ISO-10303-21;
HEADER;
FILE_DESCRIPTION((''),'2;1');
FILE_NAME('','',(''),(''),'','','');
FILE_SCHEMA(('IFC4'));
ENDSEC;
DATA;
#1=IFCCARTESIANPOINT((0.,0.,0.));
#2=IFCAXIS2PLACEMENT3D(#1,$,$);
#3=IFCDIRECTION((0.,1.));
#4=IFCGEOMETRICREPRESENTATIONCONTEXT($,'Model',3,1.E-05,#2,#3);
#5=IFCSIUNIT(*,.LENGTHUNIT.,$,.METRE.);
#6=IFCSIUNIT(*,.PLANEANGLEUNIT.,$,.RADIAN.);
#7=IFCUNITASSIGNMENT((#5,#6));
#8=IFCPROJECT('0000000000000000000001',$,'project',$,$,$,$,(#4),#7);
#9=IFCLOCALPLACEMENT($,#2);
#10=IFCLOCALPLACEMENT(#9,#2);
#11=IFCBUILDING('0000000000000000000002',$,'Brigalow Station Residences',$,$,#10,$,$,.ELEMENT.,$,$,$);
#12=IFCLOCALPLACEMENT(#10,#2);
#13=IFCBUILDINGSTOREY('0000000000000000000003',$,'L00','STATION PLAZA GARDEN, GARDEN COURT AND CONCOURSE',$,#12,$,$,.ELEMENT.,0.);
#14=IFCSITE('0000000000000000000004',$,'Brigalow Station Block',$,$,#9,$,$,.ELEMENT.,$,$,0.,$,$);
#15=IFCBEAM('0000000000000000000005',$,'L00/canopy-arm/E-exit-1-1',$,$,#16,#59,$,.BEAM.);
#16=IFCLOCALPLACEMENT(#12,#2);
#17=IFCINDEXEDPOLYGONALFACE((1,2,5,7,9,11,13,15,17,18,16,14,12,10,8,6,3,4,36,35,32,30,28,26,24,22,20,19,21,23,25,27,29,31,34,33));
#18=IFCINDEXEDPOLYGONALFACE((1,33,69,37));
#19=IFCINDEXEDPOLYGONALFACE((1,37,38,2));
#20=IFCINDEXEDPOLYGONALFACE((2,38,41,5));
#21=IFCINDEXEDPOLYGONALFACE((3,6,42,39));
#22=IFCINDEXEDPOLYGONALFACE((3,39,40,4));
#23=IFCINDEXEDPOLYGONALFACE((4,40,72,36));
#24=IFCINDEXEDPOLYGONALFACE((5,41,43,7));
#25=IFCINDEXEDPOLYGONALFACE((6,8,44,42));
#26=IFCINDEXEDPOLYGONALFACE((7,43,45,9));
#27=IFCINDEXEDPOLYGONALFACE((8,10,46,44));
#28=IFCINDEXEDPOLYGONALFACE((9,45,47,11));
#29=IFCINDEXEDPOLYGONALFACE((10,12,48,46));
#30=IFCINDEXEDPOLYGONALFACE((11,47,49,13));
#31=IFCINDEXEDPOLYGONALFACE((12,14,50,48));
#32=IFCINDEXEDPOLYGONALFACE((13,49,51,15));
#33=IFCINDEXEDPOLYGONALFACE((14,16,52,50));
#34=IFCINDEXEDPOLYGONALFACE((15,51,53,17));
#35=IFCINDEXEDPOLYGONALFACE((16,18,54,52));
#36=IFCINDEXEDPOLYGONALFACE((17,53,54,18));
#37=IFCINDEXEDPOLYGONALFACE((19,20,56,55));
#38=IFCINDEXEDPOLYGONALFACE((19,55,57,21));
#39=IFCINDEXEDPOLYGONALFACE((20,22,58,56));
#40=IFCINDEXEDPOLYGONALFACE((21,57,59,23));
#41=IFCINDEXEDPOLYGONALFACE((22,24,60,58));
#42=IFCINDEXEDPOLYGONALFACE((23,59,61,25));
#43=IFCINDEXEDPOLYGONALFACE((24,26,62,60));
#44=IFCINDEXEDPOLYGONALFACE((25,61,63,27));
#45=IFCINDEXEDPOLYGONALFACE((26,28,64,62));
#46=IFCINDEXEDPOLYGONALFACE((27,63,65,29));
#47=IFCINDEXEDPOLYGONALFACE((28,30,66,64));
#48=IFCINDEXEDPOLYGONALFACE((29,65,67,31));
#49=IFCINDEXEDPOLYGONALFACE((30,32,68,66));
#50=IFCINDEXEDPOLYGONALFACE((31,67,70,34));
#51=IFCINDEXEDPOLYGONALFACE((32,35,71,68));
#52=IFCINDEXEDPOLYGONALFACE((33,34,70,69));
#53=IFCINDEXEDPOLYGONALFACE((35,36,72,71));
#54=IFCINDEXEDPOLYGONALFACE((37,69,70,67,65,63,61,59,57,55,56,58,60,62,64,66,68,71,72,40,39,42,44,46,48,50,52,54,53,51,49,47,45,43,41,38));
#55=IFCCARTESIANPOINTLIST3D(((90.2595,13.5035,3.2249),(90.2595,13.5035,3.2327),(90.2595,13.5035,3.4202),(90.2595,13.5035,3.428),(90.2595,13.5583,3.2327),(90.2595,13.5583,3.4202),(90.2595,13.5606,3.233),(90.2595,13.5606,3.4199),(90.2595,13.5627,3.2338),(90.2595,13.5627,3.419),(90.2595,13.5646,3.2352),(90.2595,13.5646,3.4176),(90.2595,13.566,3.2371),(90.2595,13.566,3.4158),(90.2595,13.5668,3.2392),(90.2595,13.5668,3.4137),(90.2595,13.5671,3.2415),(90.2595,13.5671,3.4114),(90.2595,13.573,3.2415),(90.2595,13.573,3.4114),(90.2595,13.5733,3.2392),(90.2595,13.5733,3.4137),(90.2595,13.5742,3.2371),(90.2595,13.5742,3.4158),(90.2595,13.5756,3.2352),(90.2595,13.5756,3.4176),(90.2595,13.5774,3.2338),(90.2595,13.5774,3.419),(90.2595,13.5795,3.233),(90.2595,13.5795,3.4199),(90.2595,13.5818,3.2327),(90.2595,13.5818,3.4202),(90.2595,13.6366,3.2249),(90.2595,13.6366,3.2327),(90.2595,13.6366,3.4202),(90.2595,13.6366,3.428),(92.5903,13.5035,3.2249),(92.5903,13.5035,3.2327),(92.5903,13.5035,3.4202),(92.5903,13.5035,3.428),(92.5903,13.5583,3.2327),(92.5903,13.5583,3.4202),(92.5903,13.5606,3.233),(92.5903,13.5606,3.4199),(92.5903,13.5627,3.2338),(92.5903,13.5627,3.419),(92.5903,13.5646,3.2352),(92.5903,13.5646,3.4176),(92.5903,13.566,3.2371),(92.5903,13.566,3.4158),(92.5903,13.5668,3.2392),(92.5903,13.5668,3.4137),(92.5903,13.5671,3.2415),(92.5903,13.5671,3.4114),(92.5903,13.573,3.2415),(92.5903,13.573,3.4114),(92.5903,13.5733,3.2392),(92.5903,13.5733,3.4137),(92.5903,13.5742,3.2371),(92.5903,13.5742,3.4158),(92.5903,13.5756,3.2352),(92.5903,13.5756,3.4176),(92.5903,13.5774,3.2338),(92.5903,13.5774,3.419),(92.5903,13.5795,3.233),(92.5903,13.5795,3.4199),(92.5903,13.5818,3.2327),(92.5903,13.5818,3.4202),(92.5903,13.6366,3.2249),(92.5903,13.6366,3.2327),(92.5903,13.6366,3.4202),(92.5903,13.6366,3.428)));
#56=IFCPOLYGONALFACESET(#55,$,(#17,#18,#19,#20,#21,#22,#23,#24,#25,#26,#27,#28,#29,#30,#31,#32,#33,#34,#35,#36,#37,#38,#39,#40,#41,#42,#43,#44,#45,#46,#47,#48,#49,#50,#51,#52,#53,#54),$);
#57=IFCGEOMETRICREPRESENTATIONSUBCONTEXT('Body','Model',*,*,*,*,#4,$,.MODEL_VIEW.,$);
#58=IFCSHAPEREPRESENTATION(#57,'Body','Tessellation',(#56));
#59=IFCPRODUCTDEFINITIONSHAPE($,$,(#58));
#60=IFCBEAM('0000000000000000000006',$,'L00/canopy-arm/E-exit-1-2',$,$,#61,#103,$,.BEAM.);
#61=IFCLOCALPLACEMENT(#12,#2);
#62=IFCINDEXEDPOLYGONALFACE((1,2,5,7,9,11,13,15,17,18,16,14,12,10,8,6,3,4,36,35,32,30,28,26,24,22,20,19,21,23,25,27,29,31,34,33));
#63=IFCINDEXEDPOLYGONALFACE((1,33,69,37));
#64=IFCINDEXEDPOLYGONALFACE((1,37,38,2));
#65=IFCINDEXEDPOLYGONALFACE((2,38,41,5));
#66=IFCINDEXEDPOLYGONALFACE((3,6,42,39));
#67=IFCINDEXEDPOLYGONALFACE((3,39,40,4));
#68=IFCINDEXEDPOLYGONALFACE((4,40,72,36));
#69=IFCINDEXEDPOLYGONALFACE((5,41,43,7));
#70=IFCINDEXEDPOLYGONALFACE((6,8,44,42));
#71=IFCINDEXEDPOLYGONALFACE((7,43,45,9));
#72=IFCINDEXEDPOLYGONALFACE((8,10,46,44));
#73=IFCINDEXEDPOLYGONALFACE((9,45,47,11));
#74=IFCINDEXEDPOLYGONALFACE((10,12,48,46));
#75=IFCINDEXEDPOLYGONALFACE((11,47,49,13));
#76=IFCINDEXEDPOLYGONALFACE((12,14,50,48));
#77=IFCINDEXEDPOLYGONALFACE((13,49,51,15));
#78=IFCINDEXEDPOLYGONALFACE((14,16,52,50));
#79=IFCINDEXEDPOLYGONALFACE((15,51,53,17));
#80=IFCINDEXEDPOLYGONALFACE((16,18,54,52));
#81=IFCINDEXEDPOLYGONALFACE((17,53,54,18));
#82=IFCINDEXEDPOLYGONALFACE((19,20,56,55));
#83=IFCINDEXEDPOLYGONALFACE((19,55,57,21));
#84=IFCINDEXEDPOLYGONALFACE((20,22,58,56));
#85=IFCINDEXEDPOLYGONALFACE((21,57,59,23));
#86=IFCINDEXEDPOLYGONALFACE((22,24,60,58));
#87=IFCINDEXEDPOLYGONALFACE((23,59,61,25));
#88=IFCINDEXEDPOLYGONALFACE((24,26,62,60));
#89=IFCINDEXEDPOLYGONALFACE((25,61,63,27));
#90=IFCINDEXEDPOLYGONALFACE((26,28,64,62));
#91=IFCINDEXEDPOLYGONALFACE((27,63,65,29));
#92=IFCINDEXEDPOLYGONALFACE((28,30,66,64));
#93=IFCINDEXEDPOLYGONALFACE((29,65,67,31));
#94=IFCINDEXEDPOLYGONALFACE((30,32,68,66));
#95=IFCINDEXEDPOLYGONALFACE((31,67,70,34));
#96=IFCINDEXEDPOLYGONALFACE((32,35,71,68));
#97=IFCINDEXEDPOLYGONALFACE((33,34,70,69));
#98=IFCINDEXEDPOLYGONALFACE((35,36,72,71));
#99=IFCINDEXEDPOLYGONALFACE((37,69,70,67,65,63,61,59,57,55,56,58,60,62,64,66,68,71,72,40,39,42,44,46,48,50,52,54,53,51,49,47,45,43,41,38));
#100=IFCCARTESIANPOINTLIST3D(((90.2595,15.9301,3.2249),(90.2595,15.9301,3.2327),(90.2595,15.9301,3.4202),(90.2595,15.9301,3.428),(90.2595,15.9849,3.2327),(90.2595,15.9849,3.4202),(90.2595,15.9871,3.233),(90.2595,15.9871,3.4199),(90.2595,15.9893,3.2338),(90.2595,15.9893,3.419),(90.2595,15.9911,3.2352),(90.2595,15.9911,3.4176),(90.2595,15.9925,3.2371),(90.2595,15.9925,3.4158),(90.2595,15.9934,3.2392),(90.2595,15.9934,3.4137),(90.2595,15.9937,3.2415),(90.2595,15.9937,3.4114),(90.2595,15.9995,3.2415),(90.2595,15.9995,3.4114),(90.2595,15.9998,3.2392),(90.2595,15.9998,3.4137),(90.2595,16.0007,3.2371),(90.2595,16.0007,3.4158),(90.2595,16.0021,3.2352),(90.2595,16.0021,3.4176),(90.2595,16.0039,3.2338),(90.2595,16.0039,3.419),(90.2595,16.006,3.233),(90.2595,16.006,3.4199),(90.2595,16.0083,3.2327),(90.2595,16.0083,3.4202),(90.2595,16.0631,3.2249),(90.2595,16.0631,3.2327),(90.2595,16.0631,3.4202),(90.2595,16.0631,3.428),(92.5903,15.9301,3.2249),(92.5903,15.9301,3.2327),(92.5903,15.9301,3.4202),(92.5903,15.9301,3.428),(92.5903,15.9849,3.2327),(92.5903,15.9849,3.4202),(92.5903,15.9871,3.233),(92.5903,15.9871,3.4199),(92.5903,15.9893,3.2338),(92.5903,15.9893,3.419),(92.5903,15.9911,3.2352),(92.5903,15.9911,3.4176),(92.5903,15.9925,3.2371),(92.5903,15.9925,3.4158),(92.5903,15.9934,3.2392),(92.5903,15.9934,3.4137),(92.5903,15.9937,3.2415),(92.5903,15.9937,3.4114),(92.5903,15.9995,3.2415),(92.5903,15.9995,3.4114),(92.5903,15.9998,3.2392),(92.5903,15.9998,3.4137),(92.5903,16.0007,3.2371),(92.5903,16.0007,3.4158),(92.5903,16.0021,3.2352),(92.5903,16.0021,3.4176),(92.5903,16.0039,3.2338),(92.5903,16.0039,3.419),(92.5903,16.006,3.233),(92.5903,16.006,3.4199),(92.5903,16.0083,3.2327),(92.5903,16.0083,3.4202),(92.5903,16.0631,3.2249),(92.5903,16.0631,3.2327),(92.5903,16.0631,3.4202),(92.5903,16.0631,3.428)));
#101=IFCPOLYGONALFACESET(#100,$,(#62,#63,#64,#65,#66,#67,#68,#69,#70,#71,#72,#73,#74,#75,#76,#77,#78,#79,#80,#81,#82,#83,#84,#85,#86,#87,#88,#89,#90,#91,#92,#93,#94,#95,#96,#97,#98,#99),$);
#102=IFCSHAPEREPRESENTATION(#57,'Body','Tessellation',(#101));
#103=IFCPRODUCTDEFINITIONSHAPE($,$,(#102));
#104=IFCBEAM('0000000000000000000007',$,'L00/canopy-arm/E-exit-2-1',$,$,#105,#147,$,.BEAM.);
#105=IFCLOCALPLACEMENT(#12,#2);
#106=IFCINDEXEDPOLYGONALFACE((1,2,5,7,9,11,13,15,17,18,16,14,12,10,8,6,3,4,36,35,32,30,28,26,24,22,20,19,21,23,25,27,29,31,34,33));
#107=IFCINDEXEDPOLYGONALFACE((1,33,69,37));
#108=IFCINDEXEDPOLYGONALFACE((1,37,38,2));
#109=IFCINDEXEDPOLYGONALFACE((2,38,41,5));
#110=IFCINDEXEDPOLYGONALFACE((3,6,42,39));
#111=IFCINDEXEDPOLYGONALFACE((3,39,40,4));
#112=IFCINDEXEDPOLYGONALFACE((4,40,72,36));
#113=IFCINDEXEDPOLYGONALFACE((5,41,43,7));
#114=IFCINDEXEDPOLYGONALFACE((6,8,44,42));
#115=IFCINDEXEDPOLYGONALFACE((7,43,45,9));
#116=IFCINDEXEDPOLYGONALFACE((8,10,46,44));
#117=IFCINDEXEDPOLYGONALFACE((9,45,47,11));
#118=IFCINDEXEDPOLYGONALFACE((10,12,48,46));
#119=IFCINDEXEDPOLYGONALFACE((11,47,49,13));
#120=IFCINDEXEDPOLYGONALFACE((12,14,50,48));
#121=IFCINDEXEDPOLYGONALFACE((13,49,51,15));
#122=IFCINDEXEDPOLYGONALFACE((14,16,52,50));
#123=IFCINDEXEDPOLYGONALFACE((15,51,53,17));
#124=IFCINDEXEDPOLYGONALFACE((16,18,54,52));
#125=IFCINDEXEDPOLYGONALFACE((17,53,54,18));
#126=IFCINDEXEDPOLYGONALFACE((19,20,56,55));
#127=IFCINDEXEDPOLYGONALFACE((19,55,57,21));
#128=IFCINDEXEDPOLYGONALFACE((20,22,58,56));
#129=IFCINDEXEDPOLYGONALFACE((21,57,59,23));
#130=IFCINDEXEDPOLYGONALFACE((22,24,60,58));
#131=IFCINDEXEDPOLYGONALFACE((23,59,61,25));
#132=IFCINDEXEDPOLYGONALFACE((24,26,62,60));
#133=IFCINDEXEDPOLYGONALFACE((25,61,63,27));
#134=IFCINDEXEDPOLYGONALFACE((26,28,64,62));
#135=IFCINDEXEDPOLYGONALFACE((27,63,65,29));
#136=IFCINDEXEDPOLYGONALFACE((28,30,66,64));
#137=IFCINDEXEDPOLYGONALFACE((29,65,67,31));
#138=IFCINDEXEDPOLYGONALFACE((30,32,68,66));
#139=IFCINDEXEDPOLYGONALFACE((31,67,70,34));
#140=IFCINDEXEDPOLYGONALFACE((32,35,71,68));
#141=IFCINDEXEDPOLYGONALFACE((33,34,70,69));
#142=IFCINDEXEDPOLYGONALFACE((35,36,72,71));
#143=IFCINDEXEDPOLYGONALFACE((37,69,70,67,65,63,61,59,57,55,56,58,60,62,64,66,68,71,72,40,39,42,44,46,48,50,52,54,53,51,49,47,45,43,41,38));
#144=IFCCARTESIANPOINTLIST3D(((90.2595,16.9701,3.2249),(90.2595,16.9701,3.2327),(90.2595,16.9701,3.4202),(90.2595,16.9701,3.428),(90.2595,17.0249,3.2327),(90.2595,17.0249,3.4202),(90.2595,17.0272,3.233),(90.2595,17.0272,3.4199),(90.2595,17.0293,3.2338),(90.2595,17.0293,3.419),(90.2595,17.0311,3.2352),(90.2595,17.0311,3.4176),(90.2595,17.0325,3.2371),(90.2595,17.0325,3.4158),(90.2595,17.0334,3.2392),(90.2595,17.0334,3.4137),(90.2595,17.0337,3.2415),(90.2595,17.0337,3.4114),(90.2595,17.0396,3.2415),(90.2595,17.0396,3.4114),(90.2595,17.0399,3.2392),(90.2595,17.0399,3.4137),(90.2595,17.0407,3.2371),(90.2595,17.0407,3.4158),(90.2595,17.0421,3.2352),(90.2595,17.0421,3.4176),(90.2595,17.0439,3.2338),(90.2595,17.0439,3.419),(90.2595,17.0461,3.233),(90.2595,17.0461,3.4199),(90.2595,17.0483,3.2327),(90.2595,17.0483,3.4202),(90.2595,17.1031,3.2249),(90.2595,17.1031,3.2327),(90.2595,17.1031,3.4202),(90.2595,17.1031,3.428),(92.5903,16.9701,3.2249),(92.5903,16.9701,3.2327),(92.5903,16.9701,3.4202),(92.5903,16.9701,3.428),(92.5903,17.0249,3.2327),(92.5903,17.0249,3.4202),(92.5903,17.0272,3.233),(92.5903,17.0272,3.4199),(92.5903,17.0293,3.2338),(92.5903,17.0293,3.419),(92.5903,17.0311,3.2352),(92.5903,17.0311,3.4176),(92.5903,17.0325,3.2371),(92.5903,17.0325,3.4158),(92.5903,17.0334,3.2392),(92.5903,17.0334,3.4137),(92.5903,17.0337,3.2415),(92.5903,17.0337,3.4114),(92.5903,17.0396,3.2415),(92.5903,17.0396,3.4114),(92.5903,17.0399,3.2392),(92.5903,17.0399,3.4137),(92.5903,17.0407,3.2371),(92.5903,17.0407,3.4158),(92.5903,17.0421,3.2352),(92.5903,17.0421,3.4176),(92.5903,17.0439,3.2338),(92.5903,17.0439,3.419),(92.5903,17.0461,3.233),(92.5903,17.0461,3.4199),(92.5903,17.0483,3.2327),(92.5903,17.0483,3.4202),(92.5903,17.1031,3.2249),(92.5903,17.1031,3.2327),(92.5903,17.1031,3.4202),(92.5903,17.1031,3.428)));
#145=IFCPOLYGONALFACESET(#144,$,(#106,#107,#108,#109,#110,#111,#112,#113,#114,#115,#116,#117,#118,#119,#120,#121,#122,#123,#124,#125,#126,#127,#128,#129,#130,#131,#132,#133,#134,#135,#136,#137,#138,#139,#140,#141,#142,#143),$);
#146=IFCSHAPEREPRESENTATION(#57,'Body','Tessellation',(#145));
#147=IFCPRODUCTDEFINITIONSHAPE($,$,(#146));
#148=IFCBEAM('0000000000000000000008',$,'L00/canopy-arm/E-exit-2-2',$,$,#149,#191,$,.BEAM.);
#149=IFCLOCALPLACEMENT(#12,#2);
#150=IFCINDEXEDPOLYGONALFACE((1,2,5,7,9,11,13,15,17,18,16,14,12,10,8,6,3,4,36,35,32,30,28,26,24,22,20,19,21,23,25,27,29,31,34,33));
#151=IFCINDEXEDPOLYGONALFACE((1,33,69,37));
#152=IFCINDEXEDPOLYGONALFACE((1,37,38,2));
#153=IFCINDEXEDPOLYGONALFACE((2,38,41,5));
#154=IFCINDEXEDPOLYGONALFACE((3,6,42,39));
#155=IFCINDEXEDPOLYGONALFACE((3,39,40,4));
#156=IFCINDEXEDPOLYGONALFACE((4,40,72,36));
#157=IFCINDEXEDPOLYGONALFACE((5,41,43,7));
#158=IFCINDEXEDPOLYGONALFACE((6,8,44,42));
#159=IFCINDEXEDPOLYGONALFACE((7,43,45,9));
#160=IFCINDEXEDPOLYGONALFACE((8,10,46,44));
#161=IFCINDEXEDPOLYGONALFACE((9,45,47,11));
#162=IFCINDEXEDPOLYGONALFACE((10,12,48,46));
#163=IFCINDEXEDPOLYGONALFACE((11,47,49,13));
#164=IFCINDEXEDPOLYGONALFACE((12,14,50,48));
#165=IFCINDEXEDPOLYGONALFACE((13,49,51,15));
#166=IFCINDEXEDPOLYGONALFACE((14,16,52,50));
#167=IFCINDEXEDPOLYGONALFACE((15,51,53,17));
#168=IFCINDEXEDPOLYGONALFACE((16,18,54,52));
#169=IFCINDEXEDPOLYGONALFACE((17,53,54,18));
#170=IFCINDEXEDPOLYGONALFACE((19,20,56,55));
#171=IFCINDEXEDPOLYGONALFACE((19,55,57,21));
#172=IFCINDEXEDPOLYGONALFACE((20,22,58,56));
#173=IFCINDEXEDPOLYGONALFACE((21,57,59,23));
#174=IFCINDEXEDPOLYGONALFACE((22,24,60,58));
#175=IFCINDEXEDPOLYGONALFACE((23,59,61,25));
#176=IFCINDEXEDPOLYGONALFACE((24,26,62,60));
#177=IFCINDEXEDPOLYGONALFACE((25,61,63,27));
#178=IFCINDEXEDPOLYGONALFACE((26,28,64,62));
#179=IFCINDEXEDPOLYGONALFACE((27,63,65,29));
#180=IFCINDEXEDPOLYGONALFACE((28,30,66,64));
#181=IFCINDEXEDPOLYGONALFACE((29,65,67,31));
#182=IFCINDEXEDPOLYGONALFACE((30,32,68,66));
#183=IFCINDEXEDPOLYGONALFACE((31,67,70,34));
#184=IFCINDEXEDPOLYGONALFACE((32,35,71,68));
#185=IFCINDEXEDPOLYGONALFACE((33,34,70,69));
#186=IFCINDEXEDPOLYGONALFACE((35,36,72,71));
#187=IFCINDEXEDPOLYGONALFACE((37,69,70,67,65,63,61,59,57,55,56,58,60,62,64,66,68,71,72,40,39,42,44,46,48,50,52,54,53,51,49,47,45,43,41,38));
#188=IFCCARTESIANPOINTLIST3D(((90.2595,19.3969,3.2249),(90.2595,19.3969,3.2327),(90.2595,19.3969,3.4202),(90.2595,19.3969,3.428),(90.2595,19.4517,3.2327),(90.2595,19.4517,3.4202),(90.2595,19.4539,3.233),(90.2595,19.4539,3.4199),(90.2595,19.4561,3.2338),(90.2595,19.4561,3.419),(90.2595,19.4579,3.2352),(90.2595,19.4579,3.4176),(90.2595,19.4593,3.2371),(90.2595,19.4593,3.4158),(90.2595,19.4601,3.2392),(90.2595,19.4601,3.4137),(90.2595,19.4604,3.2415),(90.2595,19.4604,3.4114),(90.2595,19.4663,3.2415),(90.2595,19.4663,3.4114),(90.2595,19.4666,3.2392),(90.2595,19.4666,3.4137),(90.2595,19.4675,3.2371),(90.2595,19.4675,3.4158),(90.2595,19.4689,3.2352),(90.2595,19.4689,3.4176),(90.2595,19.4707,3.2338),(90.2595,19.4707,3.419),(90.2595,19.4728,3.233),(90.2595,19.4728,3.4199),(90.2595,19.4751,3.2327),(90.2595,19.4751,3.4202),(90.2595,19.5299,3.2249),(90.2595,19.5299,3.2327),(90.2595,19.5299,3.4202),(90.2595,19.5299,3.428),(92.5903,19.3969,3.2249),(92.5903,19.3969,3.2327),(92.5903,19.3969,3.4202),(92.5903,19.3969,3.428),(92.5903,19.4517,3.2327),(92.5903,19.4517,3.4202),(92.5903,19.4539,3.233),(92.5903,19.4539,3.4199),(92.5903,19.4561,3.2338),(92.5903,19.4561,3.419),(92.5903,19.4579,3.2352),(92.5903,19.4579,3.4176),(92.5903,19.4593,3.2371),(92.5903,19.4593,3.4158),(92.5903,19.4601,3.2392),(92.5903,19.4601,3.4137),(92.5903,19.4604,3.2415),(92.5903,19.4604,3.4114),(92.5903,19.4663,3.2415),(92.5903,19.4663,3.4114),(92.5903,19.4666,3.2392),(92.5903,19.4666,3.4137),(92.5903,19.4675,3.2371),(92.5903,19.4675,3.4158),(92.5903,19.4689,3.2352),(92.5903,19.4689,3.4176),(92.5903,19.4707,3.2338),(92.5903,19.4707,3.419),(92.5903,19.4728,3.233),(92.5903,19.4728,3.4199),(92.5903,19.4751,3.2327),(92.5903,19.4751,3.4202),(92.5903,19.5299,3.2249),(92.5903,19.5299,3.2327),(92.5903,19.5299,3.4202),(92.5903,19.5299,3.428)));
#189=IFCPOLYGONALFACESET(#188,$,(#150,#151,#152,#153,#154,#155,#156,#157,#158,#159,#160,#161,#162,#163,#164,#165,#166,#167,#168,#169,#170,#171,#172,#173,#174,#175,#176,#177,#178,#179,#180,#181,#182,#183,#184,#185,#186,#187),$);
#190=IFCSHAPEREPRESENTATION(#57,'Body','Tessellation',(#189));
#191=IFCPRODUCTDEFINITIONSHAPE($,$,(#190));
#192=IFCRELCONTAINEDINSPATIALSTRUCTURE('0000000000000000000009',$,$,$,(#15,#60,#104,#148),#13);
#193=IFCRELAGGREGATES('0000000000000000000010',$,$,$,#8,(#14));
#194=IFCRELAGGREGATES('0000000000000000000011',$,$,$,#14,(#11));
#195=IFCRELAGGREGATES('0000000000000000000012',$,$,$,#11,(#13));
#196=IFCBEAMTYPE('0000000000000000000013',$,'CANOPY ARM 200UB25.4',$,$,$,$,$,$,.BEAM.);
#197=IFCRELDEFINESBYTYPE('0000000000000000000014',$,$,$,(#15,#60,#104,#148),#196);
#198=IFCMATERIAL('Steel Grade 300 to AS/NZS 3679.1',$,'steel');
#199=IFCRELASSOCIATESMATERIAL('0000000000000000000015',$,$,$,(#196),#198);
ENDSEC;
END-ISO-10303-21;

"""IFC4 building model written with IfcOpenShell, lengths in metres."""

from ifc_helpers import new_model, si_unit, direction, frame, origin, origin_2d, place, context, subcontext, project, spatial, i_section, extrude, material, material_profile, profile_set, type_object, element, save


model = new_model("IFC4")

# Units and contexts
model_context = context("Model", 3, precision=1e-05, world=origin(), true_north=direction((0.0, 1.0)))
body_context = subcontext(model_context, "Body", "Model", "MODEL_VIEW")
ifc_project = project(units=[si_unit("LENGTHUNIT", "METRE"), si_unit("PLANEANGLEUNIT", "RADIAN")], contexts=[model_context])

# Site, building, storey
site_placement = place(None, origin())
site = spatial("IfcSite", under=ifc_project, at=site_placement, Name="Brigalow Station Block", CompositionType="ELEMENT", RefElevation=0.0)
building_placement = place(site_placement, origin())
building = spatial("IfcBuilding", under=site, at=building_placement, Name="Brigalow Station Residences", CompositionType="ELEMENT")
storey_placement = place(building_placement, origin())
storey = spatial("IfcBuildingStorey", under=building, at=storey_placement, Name="L00", Description="STATION PLAZA GARDEN, GARDEN COURT AND CONCOURSE", CompositionType="ELEMENT", Elevation=0.0)

# Beams
ifc_material_1 = material(Name="Steel Grade 300 to AS/NZS 3679.1", Category="steel")
ifc_material_profile_1 = material_profile(ifc_material_1, i_section(OverallWidth=0.1331, OverallDepth=0.2031, WebThickness=0.0059, FlangeThickness=0.0078, FilletRadius=0.0088, at=origin_2d()), Name="200UB25.4")
ifc_profile_set_1 = profile_set([ifc_material_profile_1], Name="Steel Grade 300 to AS/NZS 3679.1")
beam_type_1 = type_object("IfcBeamType", Name="CANOPY ARM 200UB25.4", PredefinedType="BEAM", material=ifc_profile_set_1)
for number, where, z_axis, x_axis, name in (
    (1, (90.2595, 13.5701, 3.3264), (1.0, 0.0, 0.0), (0.0, 1.0, 0.0), "L00/canopy-arm/E-exit-1-1"),
    (2, (90.2595, 15.9966, 3.3264), (1.0, 0.0, 0.0), (0.0, 1.0, 0.0), "L00/canopy-arm/E-exit-1-2"),
    (3, (90.2595, 17.0366, 3.3264), (1.0, 0.0, 0.0), (0.0, 1.0, 0.0), "L00/canopy-arm/E-exit-2-1"),
    (4, (90.2595, 19.4634, 3.3264), (1.0, 0.0, 0.0), (0.0, 1.0, 0.0), "L00/canopy-arm/E-exit-2-2"),
):
    element("IfcBeam", number, at=place(storey_placement, frame(where, z_axis=z_axis, x_axis=x_axis)), inside=storey, type_object=beam_type_1, Name=name, PredefinedType="BEAM", context=body_context, shape_type="SweptSolid", body=[
        extrude(i_section(OverallWidth=0.1331, OverallDepth=0.2031, WebThickness=0.0059, FlangeThickness=0.0078, FilletRadius=0.0088, at=origin_2d()), origin(), (0.0, 0.0, 1.0), 2.3308),
    ])

save(model, "model.ifc")
